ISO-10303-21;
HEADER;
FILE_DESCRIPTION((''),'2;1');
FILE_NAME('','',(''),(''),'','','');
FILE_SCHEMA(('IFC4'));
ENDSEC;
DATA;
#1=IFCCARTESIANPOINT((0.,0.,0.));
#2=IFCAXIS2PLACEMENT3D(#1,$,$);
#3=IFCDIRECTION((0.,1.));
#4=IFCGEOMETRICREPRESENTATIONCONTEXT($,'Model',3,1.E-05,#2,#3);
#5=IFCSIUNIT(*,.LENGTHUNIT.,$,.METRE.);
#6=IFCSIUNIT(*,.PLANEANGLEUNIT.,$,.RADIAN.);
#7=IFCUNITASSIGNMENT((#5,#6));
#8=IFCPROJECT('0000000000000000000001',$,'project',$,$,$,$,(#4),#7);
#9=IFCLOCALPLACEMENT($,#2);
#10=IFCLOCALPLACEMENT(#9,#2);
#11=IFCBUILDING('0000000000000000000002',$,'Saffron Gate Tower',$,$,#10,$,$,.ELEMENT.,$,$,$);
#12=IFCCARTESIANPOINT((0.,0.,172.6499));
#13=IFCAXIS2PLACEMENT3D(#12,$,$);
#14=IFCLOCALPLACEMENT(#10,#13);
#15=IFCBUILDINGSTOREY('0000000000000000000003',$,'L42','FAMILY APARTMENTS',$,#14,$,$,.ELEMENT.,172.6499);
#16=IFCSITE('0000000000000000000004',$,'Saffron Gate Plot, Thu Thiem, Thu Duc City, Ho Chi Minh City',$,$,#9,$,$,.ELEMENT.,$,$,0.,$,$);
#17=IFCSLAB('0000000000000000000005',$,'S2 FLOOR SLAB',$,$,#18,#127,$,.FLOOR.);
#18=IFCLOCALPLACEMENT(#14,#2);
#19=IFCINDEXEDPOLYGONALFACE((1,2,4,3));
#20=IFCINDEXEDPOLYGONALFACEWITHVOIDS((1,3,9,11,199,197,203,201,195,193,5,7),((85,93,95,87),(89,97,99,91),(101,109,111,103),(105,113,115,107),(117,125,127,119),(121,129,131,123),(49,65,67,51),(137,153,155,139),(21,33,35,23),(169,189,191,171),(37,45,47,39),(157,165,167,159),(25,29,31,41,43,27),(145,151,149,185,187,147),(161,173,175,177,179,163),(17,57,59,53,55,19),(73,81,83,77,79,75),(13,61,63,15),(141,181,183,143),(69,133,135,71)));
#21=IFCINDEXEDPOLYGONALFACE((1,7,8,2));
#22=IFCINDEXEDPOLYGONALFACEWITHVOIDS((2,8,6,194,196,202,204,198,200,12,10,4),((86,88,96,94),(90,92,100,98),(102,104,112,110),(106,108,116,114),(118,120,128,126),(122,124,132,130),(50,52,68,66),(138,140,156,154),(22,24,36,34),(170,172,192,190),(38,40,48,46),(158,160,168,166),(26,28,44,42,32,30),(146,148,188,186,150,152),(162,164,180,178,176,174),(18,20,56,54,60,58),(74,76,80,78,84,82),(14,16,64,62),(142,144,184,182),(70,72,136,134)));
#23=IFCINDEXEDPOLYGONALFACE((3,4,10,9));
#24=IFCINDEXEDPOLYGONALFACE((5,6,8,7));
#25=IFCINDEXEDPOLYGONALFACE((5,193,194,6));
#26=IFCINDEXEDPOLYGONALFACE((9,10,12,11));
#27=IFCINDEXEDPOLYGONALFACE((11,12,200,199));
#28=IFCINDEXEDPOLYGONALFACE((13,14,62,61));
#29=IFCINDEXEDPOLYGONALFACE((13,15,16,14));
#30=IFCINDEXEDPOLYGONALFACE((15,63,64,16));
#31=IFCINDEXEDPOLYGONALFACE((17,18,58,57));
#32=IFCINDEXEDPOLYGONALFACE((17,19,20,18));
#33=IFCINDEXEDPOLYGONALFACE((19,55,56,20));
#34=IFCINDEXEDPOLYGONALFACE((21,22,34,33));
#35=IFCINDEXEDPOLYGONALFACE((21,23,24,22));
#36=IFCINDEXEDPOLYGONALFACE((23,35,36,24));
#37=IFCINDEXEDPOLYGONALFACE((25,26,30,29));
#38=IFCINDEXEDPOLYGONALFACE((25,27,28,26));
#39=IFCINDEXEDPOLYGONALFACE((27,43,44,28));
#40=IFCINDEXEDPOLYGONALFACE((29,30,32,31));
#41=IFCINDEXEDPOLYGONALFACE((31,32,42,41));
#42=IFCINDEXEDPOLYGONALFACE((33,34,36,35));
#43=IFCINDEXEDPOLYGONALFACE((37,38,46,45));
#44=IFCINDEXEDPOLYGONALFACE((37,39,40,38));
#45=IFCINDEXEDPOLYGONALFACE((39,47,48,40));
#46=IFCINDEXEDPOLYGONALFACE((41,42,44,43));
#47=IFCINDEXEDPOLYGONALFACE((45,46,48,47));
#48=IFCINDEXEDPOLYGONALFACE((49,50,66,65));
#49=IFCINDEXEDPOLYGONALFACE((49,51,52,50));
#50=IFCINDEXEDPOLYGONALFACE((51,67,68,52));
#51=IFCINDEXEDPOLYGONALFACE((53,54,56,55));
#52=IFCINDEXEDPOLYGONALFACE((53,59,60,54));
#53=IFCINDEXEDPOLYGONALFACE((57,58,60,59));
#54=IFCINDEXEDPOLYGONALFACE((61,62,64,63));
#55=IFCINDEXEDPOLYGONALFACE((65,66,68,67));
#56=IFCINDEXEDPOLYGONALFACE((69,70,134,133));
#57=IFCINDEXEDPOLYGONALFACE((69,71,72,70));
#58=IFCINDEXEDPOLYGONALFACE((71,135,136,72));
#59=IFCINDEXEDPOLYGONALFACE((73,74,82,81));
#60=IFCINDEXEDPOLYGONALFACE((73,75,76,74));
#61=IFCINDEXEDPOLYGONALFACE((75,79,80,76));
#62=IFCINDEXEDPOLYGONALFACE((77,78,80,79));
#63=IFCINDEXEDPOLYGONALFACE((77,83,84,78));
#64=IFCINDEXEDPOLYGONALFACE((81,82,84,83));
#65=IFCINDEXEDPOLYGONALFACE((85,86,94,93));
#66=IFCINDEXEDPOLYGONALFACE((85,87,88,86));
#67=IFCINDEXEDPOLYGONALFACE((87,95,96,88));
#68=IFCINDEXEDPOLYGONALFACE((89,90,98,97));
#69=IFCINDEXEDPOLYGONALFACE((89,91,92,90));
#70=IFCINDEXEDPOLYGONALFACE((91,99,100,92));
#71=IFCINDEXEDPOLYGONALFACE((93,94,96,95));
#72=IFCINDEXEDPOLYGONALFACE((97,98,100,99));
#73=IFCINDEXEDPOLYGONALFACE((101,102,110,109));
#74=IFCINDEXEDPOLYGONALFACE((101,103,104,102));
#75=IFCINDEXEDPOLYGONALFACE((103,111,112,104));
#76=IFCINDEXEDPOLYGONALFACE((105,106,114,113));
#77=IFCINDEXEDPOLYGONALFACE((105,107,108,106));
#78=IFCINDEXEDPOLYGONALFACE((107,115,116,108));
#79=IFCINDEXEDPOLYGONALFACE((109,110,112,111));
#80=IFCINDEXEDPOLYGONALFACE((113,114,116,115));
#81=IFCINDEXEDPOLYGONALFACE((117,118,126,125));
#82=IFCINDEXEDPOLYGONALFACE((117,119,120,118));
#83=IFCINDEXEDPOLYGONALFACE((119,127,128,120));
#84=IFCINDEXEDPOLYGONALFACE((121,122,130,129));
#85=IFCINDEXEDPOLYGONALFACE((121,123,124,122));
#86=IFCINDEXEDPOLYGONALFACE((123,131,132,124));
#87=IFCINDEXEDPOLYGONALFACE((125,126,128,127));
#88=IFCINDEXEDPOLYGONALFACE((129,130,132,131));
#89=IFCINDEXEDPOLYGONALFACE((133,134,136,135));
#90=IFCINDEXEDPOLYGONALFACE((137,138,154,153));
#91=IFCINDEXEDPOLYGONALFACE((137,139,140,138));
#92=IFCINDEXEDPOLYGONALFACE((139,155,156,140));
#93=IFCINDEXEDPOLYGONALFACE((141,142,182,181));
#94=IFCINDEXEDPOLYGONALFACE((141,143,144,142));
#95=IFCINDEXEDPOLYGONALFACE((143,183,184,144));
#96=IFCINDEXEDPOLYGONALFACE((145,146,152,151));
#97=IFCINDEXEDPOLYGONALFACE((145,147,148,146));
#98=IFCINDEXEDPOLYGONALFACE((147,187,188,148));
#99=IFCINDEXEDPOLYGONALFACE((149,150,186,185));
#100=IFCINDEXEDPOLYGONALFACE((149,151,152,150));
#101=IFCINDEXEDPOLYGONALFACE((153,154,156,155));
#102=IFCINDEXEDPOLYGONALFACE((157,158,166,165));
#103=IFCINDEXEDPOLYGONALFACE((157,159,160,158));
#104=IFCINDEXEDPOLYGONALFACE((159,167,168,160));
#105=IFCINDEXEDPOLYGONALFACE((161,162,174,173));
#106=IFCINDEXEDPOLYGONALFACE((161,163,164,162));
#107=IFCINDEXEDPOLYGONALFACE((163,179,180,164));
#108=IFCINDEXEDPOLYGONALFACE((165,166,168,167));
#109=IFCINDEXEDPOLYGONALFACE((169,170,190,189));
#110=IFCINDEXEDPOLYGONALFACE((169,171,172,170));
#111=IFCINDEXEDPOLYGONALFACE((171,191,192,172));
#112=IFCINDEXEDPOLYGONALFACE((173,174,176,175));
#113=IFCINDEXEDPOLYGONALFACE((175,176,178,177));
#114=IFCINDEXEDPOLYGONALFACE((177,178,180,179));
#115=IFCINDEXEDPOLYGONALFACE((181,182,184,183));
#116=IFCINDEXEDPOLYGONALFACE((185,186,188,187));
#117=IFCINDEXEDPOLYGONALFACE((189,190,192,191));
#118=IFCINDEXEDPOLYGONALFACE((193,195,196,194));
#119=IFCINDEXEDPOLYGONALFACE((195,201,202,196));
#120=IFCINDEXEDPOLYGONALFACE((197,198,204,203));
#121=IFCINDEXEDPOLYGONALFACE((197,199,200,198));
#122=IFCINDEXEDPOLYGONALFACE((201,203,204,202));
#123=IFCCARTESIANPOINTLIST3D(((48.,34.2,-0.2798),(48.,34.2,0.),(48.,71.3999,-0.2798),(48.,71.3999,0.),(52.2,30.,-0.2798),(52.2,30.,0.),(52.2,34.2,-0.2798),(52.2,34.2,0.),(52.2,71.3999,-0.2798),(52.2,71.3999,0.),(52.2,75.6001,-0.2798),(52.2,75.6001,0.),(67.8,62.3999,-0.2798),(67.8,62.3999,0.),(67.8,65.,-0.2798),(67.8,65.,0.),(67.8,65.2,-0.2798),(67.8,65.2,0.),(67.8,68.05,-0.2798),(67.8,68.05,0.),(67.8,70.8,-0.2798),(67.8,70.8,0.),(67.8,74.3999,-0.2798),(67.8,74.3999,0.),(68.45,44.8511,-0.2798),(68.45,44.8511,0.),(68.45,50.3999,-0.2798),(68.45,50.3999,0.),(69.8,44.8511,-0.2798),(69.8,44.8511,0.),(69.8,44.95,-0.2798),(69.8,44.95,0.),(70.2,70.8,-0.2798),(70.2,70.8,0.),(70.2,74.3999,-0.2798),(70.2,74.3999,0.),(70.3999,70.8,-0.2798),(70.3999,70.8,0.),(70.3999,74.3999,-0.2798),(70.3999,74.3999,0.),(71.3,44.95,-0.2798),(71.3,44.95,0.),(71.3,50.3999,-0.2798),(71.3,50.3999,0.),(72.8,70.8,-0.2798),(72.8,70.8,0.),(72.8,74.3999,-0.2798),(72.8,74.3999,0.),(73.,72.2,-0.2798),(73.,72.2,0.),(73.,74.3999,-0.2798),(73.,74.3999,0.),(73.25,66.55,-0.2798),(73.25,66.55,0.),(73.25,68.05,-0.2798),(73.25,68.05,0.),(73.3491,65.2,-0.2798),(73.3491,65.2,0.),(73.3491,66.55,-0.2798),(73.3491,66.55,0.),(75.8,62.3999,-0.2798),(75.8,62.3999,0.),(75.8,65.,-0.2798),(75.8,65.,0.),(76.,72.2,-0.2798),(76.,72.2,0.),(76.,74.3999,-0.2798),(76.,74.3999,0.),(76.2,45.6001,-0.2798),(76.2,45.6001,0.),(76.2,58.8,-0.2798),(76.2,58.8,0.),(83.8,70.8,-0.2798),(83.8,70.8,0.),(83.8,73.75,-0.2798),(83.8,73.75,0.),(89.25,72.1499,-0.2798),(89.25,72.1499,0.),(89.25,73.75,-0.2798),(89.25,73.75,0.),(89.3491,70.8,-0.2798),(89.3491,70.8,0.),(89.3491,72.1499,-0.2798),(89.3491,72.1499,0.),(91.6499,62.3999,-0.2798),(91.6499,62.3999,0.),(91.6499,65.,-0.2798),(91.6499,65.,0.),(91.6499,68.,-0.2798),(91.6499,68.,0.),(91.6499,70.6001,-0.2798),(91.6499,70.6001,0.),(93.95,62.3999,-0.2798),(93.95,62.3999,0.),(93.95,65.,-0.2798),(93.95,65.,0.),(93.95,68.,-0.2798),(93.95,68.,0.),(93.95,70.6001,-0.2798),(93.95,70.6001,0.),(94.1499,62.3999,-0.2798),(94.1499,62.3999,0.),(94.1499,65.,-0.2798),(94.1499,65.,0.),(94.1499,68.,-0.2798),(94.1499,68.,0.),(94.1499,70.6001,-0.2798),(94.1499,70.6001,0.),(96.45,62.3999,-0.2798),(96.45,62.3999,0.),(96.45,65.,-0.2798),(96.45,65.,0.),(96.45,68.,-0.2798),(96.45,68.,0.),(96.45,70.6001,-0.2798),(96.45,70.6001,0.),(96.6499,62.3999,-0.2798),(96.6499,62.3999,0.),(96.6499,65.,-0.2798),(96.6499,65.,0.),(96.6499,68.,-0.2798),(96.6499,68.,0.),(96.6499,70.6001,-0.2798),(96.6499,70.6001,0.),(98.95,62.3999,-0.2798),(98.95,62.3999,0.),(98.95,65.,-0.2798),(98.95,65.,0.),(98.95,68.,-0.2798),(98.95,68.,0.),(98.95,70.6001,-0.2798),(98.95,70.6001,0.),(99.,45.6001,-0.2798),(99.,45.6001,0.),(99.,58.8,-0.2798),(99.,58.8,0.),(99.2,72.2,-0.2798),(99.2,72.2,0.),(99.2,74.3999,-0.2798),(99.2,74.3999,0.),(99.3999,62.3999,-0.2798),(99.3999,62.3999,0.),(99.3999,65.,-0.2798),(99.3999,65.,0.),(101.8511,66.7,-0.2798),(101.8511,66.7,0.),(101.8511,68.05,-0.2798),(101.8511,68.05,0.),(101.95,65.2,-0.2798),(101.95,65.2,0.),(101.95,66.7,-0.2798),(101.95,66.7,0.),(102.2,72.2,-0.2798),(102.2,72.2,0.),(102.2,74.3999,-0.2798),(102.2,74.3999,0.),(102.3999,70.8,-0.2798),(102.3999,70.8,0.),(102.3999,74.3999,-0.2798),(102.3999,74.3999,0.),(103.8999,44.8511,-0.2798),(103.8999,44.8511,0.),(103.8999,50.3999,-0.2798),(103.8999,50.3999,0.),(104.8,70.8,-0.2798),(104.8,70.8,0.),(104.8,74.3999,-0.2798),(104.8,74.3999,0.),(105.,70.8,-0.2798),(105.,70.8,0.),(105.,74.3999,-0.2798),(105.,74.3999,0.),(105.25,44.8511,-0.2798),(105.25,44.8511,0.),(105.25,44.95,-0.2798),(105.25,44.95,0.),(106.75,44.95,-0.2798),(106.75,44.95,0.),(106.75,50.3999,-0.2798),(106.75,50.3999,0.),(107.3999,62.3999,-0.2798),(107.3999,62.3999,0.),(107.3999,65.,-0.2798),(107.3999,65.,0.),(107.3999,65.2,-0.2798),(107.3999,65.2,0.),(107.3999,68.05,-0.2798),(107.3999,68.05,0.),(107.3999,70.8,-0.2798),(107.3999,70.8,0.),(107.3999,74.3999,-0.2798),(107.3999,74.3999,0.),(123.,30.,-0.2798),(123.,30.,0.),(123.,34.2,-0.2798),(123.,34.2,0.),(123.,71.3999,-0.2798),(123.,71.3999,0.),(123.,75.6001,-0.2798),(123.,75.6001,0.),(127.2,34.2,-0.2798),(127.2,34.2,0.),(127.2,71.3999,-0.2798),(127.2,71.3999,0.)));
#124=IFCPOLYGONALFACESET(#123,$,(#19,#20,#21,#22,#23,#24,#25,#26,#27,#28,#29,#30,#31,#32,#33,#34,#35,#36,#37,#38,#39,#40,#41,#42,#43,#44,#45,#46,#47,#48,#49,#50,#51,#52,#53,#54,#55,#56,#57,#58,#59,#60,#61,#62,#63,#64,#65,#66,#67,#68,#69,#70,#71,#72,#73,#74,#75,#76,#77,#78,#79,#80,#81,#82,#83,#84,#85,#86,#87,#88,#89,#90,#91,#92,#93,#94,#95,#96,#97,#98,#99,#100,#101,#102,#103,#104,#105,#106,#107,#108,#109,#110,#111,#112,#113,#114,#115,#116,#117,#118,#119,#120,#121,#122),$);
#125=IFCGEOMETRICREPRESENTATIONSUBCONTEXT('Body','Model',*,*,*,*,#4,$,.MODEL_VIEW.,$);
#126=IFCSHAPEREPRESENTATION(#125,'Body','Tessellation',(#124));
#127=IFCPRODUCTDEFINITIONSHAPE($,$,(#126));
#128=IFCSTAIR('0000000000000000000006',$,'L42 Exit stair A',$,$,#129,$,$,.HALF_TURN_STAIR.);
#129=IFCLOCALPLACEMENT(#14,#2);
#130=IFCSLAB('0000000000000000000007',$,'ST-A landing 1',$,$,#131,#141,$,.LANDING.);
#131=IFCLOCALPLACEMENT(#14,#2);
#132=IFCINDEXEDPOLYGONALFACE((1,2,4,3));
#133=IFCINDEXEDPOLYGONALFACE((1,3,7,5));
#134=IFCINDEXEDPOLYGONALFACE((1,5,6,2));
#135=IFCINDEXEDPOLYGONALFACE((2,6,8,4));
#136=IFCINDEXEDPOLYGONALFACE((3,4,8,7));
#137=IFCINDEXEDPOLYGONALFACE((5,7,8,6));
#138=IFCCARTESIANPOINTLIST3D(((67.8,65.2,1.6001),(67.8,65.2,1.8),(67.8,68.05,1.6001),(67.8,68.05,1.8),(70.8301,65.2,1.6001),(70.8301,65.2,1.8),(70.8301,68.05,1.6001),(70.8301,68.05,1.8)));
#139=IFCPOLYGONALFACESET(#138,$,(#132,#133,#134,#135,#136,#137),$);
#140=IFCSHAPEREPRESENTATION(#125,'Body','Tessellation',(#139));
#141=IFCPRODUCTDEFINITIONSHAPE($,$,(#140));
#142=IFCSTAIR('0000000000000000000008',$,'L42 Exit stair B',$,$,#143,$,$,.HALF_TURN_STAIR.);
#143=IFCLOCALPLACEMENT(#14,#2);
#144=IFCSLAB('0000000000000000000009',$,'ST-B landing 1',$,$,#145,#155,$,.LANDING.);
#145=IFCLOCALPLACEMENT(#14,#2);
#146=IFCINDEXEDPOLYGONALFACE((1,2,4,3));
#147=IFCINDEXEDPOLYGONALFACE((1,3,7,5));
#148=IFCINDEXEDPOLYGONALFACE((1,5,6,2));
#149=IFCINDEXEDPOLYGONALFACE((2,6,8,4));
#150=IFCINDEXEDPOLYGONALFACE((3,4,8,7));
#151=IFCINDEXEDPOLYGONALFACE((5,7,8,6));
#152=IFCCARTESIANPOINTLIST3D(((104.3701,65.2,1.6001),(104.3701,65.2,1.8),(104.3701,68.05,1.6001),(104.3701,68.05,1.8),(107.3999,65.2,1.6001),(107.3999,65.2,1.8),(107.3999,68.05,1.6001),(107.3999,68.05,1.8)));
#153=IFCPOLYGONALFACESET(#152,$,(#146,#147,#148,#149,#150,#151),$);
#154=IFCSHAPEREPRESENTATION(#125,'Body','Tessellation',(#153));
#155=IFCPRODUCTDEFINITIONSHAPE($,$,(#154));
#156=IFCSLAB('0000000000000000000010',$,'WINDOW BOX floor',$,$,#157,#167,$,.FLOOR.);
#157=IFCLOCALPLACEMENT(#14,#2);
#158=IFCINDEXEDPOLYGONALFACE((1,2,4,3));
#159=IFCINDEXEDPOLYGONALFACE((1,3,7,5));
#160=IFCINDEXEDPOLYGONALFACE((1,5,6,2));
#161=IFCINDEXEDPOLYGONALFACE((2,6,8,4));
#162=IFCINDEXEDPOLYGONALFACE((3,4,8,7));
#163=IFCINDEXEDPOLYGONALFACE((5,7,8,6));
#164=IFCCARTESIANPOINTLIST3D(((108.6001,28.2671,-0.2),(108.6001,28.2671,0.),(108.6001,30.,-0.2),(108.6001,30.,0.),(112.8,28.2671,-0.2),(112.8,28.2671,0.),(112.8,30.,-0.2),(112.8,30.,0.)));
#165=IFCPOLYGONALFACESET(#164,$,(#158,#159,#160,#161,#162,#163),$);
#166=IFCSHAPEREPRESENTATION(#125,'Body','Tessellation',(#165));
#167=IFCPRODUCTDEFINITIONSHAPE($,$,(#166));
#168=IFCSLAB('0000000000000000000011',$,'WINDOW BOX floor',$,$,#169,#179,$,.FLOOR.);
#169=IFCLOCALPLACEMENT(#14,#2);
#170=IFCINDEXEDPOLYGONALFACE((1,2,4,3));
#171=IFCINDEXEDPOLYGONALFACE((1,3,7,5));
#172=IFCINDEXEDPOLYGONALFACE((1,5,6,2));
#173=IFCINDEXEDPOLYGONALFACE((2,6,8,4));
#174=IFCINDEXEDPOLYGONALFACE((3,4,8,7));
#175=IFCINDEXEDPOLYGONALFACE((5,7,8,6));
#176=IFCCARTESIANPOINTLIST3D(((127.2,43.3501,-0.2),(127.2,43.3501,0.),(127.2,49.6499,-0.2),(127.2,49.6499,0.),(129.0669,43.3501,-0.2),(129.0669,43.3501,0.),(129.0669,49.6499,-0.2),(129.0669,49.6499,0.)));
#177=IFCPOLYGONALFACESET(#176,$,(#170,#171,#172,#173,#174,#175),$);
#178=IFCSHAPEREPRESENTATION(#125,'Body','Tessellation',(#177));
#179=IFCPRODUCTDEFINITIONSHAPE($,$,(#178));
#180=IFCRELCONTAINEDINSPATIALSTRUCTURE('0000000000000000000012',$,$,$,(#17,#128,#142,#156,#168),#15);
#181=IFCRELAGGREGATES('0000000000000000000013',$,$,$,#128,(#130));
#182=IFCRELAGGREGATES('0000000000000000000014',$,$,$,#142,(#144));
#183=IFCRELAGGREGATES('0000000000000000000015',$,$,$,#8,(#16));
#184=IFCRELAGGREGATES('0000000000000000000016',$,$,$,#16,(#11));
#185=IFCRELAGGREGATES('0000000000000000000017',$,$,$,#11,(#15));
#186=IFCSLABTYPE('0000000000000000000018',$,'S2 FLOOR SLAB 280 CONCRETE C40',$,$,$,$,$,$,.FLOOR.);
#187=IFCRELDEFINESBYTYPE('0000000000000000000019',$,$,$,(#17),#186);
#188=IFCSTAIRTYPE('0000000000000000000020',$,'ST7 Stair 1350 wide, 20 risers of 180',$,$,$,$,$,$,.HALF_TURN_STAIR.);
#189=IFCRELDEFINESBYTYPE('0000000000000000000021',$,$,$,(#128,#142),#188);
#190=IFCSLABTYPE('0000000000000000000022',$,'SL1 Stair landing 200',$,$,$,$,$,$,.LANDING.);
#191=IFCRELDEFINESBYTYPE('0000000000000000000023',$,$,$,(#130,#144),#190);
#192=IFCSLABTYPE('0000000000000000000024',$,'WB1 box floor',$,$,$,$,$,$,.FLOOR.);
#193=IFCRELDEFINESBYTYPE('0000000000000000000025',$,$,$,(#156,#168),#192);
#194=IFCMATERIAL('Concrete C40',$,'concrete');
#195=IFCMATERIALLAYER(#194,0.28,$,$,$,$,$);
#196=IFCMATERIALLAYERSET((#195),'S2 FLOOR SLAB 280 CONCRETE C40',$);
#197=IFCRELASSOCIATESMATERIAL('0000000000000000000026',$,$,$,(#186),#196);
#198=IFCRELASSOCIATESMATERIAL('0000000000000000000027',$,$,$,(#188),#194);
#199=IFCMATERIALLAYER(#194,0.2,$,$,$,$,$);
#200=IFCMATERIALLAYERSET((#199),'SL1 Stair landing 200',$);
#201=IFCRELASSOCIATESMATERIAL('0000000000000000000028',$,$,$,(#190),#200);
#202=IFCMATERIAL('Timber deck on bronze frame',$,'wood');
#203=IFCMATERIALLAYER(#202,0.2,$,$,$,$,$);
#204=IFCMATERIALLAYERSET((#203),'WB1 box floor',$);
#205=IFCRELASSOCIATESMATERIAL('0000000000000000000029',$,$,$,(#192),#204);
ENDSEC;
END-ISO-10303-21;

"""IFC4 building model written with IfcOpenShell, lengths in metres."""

from ifc_helpers import new_model, si_unit, direction, frame, origin, place, context, subcontext, project, spatial, polyline, outline, extrude, material, layer, layer_set, type_object, element, aggregate, save


model = new_model("IFC4")

# Units and contexts
model_context = context("Model", 3, precision=1e-05, world=origin(), true_north=direction((0.0, 1.0)))
body_context = subcontext(model_context, "Body", "Model", "MODEL_VIEW")
ifc_project = project(units=[si_unit("LENGTHUNIT", "METRE"), si_unit("PLANEANGLEUNIT", "RADIAN")], contexts=[model_context])

# Site, building, storey
site_placement = place(None, origin())
site = spatial("IfcSite", under=ifc_project, at=site_placement, Name="Saffron Gate Plot, Thu Thiem, Thu Duc City, Ho Chi Minh City", CompositionType="ELEMENT", RefElevation=0.0)
building_placement = place(site_placement, origin())
building = spatial("IfcBuilding", under=site, at=building_placement, Name="Saffron Gate Tower", CompositionType="ELEMENT")
storey_placement = place(building_placement, frame((0.0, 0.0, 172.6499)))
storey = spatial("IfcBuildingStorey", under=building, at=storey_placement, Name="L42", Description="FAMILY APARTMENTS", CompositionType="ELEMENT", Elevation=172.6499)

# Slab
ifc_material_1 = material(Name="Concrete C40", Category="concrete")
ifc_layer_1 = layer(ifc_material_1, 0.28)
ifc_layer_set_1 = layer_set([ifc_layer_1], Name="S2 FLOOR SLAB 280 CONCRETE C40")
slab_type_1 = type_object("IfcSlabType", Name="S2 FLOOR SLAB 280 CONCRETE C40", PredefinedType="FLOOR", material=ifc_layer_set_1)
slab_1_placement = place(storey_placement, frame((0.0, 0.0, -0.2798)))
element("IfcSlab", 1, at=slab_1_placement, inside=storey, type_object=slab_type_1, Name="S2 FLOOR SLAB", PredefinedType="FLOOR", context=body_context, shape_type="SweptSolid", body=[
    extrude(outline(polyline([(48.0, 34.2), (52.2, 34.2), (52.2, 30.0), (123.0, 30.0), (123.0, 34.2), (127.2, 34.2), (127.2, 71.3999), (123.0, 71.3999), (123.0, 75.6001), (52.2, 75.6001), (52.2, 71.3999), (48.0, 71.3999), (48.0, 34.2)]), holes=[polyline([(67.8, 62.3999), (67.8, 65.0), (75.8, 65.0), (75.8, 62.3999), (67.8, 62.3999)]), polyline([(67.8, 65.2), (67.8, 68.05), (73.25, 68.05), (73.25, 66.55), (73.3491, 66.55), (73.3491, 65.2), (67.8, 65.2)]), polyline([(67.8, 70.8), (67.8, 74.3999), (70.2, 74.3999), (70.2, 70.8), (67.8, 70.8)]), polyline([(68.45, 44.8511), (68.45, 50.3999), (71.3, 50.3999), (71.3, 44.95), (69.8, 44.95), (69.8, 44.8511), (68.45, 44.8511)]), polyline([(70.3999, 70.8), (70.3999, 74.3999), (72.8, 74.3999), (72.8, 70.8), (70.3999, 70.8)]), polyline([(73.0, 72.2), (73.0, 74.3999), (76.0, 74.3999), (76.0, 72.2), (73.0, 72.2)]), polyline([(76.2, 45.6001), (76.2, 58.8), (99.0, 58.8), (99.0, 45.6001), (76.2, 45.6001)]), polyline([(83.8, 70.8), (83.8, 73.75), (89.25, 73.75), (89.25, 72.1499), (89.3491, 72.1499), (89.3491, 70.8), (83.8, 70.8)]), polyline([(91.6499, 62.3999), (91.6499, 65.0), (93.95, 65.0), (93.95, 62.3999), (91.6499, 62.3999)]), polyline([(91.6499, 68.0), (91.6499, 70.6001), (93.95, 70.6001), (93.95, 68.0), (91.6499, 68.0)]), polyline([(94.1499, 62.3999), (94.1499, 65.0), (96.45, 65.0), (96.45, 62.3999), (94.1499, 62.3999)]), polyline([(94.1499, 68.0), (94.1499, 70.6001), (96.45, 70.6001), (96.45, 68.0), (94.1499, 68.0)]), polyline([(96.6499, 62.3999), (96.6499, 65.0), (98.95, 65.0), (98.95, 62.3999), (96.6499, 62.3999)]), polyline([(96.6499, 68.0), (96.6499, 70.6001), (98.95, 70.6001), (98.95, 68.0), (96.6499, 68.0)]), polyline([(99.2, 72.2), (99.2, 74.3999), (102.2, 74.3999), (102.2, 72.2), (99.2, 72.2)]), polyline([(99.3999, 62.3999), (99.3999, 65.0), (107.3999, 65.0), (107.3999, 62.3999), (99.3999, 62.3999)]), polyline([(101.8511, 66.7), (101.8511, 68.05), (107.3999, 68.05), (107.3999, 65.2), (101.95, 65.2), (101.95, 66.7), (101.8511, 66.7)]), polyline([(102.3999, 70.8), (102.3999, 74.3999), (104.8, 74.3999), (104.8, 70.8), (102.3999, 70.8)]), polyline([(103.8999, 44.8511), (103.8999, 50.3999), (106.75, 50.3999), (106.75, 44.95), (105.25, 44.95), (105.25, 44.8511), (103.8999, 44.8511)]), polyline([(105.0, 70.8), (105.0, 74.3999), (107.3999, 74.3999), (107.3999, 70.8), (105.0, 70.8)])]), origin(), (0.0, 0.0, 1.0), 0.2798),
])

# Stairs, slabs
stair_type = type_object("IfcStairType", Name="ST7 Stair 1350 wide, 20 risers of 180", PredefinedType="HALF_TURN_STAIR", material=ifc_material_1)
stair_1_placement = place(storey_placement, origin())
stair_1 = element("IfcStair", 2, at=stair_1_placement, inside=storey, type_object=stair_type, Name="L42 Exit stair A", PredefinedType="HALF_TURN_STAIR")
ifc_layer_2 = layer(ifc_material_1, 0.2)
ifc_layer_set_2 = layer_set([ifc_layer_2], Name="SL1 Stair landing 200")
slab_type_2 = type_object("IfcSlabType", Name="SL1 Stair landing 200", PredefinedType="LANDING", material=ifc_layer_set_2)
slab_2_placement = place(storey_placement, frame((0.0, 0.0, 1.6001)))
slab_2 = element("IfcSlab", 3, at=slab_2_placement, type_object=slab_type_2, Name="ST-A landing 1", PredefinedType="LANDING", context=body_context, shape_type="SweptSolid", body=[
    extrude(outline(polyline([(70.8301, 68.05), (67.8, 68.05), (67.8, 65.2), (70.8301, 65.2), (70.8301, 68.05)])), origin(), (0.0, 0.0, 1.0), 0.2),
])
aggregate(stair_1, [slab_2])
stair_2_placement = place(storey_placement, origin())
stair_2 = element("IfcStair", 4, at=stair_2_placement, inside=storey, type_object=stair_type, Name="L42 Exit stair B", PredefinedType="HALF_TURN_STAIR")
slab_3_placement = place(storey_placement, frame((0.0, 0.0, 1.6001)))
slab_3 = element("IfcSlab", 5, at=slab_3_placement, type_object=slab_type_2, Name="ST-B landing 1", PredefinedType="LANDING", context=body_context, shape_type="SweptSolid", body=[
    extrude(outline(polyline([(104.3701, 65.2), (107.3999, 65.2), (107.3999, 68.05), (104.3701, 68.05), (104.3701, 65.2)])), origin(), (0.0, 0.0, 1.0), 0.2),
])
aggregate(stair_2, [slab_3])

# Slabs
ifc_material_2 = material(Name="Timber deck on bronze frame", Category="wood")
ifc_layer_3 = layer(ifc_material_2, 0.2)
ifc_layer_set_3 = layer_set([ifc_layer_3], Name="WB1 box floor")
slab_type_3 = type_object("IfcSlabType", Name="WB1 box floor", PredefinedType="FLOOR", material=ifc_layer_set_3)
slab_4_placement = place(storey_placement, frame((0.0, 0.0, -0.2)))
element("IfcSlab", 6, at=slab_4_placement, inside=storey, type_object=slab_type_3, Name="WINDOW BOX floor", PredefinedType="FLOOR", context=body_context, shape_type="SweptSolid", body=[
    extrude(outline(polyline([(108.6001, 30.0), (112.8, 30.0), (112.8, 28.2671), (108.6001, 28.2671), (108.6001, 30.0)])), origin(), (0.0, 0.0, 1.0), 0.2),
])
slab_5_placement = place(storey_placement, frame((0.0, 0.0, -0.2)))
element("IfcSlab", 7, at=slab_5_placement, inside=storey, type_object=slab_type_3, Name="WINDOW BOX floor", PredefinedType="FLOOR", context=body_context, shape_type="SweptSolid", body=[
    extrude(outline(polyline([(127.2, 43.3501), (127.2, 49.6499), (129.0669, 49.6499), (129.0669, 43.3501), (127.2, 43.3501)])), origin(), (0.0, 0.0, 1.0), 0.2),
])

save(model, "model.ifc")
